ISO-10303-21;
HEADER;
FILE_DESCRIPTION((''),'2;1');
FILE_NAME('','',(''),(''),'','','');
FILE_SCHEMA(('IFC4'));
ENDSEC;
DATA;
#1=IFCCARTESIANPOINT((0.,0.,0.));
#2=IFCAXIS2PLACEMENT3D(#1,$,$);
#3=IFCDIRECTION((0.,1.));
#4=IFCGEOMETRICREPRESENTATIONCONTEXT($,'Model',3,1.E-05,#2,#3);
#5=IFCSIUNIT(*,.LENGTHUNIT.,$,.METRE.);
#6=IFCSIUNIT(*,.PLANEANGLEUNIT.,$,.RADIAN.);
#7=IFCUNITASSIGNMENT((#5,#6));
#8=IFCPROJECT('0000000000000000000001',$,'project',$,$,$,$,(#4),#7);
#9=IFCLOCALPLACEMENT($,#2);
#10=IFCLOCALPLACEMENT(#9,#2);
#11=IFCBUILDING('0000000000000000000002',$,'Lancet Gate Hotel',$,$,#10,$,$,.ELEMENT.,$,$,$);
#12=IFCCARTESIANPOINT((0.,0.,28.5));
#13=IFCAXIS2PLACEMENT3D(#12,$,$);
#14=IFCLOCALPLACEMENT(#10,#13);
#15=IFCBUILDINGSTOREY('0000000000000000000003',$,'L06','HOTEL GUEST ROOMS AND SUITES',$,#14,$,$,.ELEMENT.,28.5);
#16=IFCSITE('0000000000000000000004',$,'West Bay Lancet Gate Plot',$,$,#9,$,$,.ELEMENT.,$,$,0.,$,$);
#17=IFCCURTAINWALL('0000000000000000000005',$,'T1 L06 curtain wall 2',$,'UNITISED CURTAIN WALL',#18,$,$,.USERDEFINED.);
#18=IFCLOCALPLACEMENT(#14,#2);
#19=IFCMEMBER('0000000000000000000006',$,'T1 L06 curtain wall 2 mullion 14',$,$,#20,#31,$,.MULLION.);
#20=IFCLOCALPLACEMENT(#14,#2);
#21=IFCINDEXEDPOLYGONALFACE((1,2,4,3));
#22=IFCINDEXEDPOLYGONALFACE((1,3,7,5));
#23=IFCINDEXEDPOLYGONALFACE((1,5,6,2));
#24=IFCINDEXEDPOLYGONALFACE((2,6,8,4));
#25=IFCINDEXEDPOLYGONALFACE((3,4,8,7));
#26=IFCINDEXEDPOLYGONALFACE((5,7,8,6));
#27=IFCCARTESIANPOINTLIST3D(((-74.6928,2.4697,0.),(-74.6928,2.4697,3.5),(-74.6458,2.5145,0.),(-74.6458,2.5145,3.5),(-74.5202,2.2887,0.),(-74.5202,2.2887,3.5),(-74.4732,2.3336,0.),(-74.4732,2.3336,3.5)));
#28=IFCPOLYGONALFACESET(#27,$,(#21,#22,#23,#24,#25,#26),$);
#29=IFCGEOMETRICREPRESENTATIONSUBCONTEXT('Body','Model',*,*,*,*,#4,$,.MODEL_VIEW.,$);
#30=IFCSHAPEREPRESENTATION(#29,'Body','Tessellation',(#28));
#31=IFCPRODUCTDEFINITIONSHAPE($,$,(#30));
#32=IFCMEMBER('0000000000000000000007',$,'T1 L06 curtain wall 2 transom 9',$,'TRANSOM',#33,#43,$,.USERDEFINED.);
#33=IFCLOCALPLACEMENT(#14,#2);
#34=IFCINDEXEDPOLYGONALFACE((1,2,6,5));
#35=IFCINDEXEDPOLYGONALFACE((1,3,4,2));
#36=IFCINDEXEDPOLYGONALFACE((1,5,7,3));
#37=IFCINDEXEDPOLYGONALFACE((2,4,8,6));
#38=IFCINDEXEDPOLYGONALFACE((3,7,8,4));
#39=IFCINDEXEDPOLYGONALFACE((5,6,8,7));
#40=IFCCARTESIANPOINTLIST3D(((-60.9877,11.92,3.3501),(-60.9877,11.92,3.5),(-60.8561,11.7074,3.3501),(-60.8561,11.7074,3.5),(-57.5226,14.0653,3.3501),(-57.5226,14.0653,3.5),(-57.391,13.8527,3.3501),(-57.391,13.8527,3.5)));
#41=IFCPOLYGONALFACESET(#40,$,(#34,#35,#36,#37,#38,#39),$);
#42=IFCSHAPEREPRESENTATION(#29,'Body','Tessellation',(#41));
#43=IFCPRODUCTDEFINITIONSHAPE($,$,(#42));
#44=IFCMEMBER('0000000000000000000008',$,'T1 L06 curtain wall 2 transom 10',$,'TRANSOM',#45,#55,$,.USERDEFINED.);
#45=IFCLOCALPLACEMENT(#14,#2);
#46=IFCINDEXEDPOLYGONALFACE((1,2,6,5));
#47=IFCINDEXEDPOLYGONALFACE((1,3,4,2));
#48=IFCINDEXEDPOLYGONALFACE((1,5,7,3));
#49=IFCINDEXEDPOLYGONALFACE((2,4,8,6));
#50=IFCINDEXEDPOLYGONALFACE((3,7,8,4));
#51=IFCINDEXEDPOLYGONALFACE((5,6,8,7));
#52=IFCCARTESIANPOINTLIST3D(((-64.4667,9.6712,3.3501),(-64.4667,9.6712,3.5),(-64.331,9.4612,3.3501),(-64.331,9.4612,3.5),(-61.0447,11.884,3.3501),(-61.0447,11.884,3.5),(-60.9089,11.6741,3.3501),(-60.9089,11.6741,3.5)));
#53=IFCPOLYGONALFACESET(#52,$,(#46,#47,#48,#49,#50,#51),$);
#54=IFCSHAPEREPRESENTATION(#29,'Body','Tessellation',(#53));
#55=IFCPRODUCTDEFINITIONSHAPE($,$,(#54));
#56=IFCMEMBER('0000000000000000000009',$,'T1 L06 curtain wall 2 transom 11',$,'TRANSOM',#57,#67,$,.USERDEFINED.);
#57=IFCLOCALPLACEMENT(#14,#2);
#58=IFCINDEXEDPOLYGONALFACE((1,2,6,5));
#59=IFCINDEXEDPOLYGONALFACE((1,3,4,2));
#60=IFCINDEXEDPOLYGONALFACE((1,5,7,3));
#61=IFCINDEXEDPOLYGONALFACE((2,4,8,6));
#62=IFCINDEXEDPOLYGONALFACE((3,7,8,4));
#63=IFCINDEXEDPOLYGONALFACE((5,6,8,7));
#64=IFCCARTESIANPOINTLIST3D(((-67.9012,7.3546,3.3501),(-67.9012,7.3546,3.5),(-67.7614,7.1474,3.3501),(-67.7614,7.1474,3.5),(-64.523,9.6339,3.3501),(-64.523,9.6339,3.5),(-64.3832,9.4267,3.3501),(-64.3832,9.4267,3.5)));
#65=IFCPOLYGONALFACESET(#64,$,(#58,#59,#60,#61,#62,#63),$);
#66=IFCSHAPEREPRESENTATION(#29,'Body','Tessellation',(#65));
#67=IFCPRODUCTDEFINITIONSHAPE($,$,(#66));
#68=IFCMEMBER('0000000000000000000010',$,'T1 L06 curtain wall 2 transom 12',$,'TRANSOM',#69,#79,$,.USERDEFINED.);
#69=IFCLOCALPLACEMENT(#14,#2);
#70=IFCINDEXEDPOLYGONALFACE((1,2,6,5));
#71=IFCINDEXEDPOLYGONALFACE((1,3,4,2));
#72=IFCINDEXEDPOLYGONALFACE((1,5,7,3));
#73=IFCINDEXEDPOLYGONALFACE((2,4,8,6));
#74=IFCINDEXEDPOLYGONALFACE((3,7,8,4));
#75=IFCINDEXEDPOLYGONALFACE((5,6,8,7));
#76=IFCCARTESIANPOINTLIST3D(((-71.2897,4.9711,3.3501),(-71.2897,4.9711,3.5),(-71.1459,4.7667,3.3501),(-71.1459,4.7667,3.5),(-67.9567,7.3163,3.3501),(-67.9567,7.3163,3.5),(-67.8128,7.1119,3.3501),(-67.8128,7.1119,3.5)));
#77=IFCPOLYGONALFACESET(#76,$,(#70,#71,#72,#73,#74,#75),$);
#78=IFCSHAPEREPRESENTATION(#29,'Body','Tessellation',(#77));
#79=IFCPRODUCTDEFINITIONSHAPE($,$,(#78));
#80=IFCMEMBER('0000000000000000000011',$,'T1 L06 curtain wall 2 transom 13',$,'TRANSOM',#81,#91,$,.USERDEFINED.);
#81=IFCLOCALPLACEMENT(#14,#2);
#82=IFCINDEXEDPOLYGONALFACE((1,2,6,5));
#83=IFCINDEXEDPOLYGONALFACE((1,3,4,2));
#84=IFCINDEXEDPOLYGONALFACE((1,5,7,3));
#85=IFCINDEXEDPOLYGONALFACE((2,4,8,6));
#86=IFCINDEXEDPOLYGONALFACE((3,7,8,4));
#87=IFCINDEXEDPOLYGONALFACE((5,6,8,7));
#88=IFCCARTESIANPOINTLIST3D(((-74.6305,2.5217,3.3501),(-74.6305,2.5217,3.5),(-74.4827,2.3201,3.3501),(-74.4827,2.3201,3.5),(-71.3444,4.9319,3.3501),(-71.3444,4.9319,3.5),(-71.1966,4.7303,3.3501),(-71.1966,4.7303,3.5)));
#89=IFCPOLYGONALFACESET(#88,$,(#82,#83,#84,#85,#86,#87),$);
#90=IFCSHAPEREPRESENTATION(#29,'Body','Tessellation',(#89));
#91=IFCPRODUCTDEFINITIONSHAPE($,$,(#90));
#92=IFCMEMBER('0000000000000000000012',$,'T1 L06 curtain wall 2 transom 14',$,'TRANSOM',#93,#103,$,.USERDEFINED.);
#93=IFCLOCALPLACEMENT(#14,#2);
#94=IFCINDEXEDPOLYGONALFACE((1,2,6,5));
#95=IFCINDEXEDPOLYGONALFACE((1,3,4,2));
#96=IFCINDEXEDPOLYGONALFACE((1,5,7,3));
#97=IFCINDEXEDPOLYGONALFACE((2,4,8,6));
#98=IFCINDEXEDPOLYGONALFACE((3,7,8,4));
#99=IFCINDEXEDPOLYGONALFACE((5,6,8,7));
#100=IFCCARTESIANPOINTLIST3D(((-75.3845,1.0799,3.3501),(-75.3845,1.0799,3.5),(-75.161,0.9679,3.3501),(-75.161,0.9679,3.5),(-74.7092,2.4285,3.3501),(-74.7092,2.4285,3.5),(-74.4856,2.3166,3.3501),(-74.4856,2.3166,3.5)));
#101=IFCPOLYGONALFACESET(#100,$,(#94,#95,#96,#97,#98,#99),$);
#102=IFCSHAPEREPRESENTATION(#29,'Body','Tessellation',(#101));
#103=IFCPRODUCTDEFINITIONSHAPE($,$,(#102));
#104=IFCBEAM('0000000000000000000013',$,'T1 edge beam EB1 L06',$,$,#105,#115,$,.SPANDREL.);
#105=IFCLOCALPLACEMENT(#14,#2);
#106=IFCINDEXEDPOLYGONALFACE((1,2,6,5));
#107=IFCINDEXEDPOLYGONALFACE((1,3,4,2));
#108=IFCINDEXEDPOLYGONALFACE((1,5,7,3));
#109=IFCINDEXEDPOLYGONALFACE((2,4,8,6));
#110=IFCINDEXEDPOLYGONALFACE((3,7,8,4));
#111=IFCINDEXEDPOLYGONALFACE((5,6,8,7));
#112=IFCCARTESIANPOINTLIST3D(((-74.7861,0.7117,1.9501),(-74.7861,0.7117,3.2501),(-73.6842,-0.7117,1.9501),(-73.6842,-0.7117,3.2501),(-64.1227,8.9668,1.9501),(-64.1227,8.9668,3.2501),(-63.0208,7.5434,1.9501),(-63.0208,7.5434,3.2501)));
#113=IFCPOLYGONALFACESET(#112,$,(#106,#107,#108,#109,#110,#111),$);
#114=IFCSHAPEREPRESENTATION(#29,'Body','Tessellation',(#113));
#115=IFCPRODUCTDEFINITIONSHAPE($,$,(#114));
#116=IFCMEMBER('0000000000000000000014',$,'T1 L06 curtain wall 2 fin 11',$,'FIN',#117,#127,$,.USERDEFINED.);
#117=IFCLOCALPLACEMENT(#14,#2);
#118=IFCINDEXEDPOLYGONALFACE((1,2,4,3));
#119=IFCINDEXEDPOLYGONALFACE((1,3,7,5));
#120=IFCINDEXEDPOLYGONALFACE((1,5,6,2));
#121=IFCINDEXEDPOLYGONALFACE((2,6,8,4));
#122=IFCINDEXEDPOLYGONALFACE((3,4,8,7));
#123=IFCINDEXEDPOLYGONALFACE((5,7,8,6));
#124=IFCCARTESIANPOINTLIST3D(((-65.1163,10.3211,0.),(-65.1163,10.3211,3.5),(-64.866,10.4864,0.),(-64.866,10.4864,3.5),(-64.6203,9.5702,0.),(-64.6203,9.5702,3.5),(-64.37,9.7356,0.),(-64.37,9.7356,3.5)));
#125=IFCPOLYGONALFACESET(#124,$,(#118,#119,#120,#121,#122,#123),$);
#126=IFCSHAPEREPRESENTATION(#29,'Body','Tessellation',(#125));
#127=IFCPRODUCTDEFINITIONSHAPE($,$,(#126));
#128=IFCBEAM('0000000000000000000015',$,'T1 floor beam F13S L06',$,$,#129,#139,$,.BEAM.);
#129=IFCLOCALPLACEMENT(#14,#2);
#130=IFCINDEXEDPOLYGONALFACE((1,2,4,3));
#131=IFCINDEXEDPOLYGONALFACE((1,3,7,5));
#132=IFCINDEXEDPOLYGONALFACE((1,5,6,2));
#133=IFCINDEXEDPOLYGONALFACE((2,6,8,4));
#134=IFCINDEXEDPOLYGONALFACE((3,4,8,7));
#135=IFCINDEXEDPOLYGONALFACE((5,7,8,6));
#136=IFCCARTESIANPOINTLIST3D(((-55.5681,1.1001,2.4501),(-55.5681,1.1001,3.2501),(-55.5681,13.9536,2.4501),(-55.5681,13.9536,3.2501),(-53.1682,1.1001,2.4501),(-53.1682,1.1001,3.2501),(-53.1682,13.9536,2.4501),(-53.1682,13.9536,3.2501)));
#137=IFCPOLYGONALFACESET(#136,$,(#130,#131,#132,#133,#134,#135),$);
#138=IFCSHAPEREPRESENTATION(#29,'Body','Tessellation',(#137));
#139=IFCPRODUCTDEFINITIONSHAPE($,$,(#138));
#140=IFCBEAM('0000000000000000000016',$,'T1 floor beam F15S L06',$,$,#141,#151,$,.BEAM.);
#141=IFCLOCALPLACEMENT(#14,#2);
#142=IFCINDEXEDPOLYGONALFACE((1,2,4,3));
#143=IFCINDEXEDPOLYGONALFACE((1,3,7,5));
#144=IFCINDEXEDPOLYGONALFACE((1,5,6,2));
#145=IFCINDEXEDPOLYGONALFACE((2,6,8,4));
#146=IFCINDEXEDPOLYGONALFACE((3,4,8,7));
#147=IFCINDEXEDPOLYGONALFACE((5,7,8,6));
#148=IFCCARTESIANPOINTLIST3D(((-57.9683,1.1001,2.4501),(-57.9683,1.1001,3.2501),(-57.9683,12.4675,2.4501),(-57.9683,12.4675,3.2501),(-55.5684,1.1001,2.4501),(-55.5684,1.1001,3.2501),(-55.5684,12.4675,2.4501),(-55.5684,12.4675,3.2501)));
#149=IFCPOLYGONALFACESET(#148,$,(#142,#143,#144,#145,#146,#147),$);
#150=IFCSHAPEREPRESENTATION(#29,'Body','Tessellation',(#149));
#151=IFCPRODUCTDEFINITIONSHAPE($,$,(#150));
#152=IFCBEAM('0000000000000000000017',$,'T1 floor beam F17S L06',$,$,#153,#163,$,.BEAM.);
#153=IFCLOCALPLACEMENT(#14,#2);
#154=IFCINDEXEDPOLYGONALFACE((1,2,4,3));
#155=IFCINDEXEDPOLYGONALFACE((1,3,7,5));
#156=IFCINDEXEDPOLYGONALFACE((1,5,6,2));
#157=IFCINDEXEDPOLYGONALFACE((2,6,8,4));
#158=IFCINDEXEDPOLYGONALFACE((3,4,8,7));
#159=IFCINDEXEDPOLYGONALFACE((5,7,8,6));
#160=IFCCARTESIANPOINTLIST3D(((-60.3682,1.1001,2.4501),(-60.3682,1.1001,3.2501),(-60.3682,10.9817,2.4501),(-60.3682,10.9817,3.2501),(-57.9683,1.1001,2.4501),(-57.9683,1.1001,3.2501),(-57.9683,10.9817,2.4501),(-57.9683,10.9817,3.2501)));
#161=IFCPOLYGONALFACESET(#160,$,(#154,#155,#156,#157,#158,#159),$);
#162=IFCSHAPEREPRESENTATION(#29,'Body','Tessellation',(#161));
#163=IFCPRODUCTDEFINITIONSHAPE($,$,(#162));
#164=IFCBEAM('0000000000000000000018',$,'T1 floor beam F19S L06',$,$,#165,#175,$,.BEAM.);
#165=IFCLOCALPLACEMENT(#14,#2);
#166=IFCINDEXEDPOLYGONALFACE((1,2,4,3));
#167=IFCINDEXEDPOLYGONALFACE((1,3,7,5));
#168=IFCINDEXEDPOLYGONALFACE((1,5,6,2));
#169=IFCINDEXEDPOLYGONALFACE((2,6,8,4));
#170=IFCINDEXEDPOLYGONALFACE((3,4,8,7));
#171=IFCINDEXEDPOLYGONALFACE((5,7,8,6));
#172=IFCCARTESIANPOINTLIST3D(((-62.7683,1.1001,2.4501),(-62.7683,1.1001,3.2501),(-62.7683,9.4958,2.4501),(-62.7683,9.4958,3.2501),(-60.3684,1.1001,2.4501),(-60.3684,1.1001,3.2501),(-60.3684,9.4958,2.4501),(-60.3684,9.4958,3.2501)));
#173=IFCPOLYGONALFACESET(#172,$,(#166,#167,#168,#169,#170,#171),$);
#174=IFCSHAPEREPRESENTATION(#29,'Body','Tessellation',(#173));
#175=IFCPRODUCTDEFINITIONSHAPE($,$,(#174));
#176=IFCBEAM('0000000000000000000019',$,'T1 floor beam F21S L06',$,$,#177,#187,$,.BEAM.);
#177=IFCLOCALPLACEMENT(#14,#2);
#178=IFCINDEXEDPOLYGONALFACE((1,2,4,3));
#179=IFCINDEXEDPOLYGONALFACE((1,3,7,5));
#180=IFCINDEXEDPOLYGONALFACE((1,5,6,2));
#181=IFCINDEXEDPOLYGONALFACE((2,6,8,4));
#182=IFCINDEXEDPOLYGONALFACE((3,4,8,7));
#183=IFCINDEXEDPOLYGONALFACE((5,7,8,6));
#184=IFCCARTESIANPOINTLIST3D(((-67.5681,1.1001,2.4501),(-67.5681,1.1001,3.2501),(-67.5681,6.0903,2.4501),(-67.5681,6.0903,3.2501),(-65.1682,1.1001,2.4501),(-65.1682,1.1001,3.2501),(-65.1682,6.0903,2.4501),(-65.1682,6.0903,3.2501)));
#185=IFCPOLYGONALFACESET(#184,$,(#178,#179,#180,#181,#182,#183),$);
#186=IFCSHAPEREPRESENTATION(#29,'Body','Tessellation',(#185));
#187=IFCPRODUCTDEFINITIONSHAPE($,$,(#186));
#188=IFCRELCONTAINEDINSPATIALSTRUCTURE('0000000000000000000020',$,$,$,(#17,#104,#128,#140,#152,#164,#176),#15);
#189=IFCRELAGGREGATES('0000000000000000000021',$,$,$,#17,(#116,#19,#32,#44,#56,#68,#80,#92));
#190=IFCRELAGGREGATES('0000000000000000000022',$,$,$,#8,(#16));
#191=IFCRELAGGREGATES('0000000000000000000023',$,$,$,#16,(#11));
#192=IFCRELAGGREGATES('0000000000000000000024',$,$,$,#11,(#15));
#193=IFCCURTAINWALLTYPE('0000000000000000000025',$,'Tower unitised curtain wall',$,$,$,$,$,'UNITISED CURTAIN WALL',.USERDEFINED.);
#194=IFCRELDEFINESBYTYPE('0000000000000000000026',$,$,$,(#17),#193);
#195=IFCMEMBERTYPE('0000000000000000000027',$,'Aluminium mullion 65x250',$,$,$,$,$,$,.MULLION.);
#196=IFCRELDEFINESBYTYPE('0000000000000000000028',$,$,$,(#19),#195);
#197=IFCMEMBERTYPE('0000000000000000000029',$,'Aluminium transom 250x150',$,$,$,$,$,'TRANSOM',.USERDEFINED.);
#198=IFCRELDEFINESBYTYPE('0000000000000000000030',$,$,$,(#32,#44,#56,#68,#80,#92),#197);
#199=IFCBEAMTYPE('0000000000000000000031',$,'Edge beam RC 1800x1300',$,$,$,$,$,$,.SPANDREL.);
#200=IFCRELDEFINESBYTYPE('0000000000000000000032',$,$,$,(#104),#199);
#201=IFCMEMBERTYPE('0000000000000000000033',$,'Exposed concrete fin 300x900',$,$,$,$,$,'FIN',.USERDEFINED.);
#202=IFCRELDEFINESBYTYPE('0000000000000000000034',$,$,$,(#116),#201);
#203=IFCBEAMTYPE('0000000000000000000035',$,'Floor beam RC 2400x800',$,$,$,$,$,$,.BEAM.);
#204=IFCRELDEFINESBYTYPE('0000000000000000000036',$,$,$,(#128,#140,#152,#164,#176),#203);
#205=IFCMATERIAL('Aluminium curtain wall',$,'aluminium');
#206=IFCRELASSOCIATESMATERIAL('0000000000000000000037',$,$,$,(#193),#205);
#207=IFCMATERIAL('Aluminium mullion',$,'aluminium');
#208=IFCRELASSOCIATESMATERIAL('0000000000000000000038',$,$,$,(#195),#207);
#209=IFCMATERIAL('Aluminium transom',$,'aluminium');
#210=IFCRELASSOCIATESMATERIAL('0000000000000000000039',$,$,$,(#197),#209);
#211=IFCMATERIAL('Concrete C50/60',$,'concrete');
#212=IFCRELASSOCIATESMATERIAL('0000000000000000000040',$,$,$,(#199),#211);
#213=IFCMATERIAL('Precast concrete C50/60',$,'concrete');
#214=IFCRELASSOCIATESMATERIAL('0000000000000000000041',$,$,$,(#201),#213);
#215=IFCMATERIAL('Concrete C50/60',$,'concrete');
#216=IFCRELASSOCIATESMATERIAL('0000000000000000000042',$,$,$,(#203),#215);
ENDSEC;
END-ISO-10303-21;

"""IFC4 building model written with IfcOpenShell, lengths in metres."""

from ifc_helpers import new_model, si_unit, direction, frame, origin, origin_2d, place, context, subcontext, project, spatial, rectangle, extrude, material, material_profile, profile_set, type_object, element, aggregate, save


model = new_model("IFC4")

# Units and contexts
model_context = context("Model", 3, precision=1e-05, world=origin(), true_north=direction((0.0, 1.0)))
body_context = subcontext(model_context, "Body", "Model", "MODEL_VIEW")
ifc_project = project(units=[si_unit("LENGTHUNIT", "METRE"), si_unit("PLANEANGLEUNIT", "RADIAN")], contexts=[model_context])

# Site, building, storey
site_placement = place(None, origin())
site = spatial("IfcSite", under=ifc_project, at=site_placement, Name="West Bay Lancet Gate Plot", CompositionType="ELEMENT", RefElevation=0.0)
building_placement = place(site_placement, origin())
building = spatial("IfcBuilding", under=site, at=building_placement, Name="Lancet Gate Hotel", CompositionType="ELEMENT")
storey_placement = place(building_placement, frame((0.0, 0.0, 28.5)))
storey = spatial("IfcBuildingStorey", under=building, at=storey_placement, Name="L06", Description="HOTEL GUEST ROOMS AND SUITES", CompositionType="ELEMENT", Elevation=28.5)

# Curtain wall, members
ifc_material_1 = material(Name="Aluminium curtain wall", Category="aluminium")
curtain_wall_type = type_object("IfcCurtainWallType", Name="Tower unitised curtain wall", ElementType="UNITISED CURTAIN WALL", PredefinedType="USERDEFINED", material=ifc_material_1)
curtain_wall_placement = place(storey_placement, origin())
curtain_wall = element("IfcCurtainWall", 1, at=curtain_wall_placement, inside=storey, type_object=curtain_wall_type, Name="T1 L06 curtain wall 2", ObjectType="UNITISED CURTAIN WALL", PredefinedType="USERDEFINED")
ifc_material_2 = material(Name="Aluminium mullion", Category="aluminium")
ifc_material_profile_1 = material_profile(ifc_material_2, rectangle(XDim=0.0649, YDim=0.25, at=origin_2d()), Name="MULLION 65x250")
ifc_profile_set_1 = profile_set([ifc_material_profile_1], Name="Aluminium mullion")
member_type_1 = type_object("IfcMemberType", Name="Aluminium mullion 65x250", PredefinedType="MULLION", material=ifc_profile_set_1)
member_1_placement = place(storey_placement, frame((-74.583, 2.4016, 0.0), z_axis=(0.0, 0.0, 1.0), x_axis=(-0.723696, -0.690119, 0.0)))
member_1 = element("IfcMember", 2, at=member_1_placement, type_object=member_type_1, Name="T1 L06 curtain wall 2 mullion 14", PredefinedType="MULLION", context=body_context, shape_type="SweptSolid", body=[
    extrude(rectangle(XDim=0.0649, YDim=0.25, at=origin_2d()), origin(), (0.0, 0.0, 1.0), 3.5),
])
ifc_material_3 = material(Name="Aluminium transom", Category="aluminium")
ifc_material_profile_2 = material_profile(ifc_material_3, rectangle(XDim=0.25, YDim=0.1499, at=origin_2d()), Name="TRANSOM 250x150")
ifc_profile_set_2 = profile_set([ifc_material_profile_2], Name="Aluminium transom")
member_type_2 = type_object("IfcMemberType", Name="Aluminium transom 250x150", ElementType="TRANSOM", PredefinedType="USERDEFINED", material=ifc_profile_set_2)
member_2_placement = place(storey_placement, frame((-57.4568, 13.959, 3.425), z_axis=(-0.850242, -0.526392, 0.0), x_axis=(0.526392, -0.850242, 0.0)))
member_2 = element("IfcMember", 3, at=member_2_placement, type_object=member_type_2, Name="T1 L06 curtain wall 2 transom 9", ObjectType="TRANSOM", PredefinedType="USERDEFINED", context=body_context, shape_type="SweptSolid", body=[
    extrude(rectangle(XDim=0.25, YDim=0.1499, at=origin_2d()), origin(), (0.0, 0.0, 1.0), 4.0754),
])
member_3_placement = place(storey_placement, frame((-60.9768, 11.7791, 3.425), z_axis=(-0.839729, -0.543005, 0.0), x_axis=(0.543005, -0.839729, 0.0)))
member_3 = element("IfcMember", 4, at=member_3_placement, type_object=member_type_2, Name="T1 L06 curtain wall 2 transom 10", ObjectType="TRANSOM", PredefinedType="USERDEFINED", context=body_context, shape_type="SweptSolid", body=[
    extrude(rectangle(XDim=0.25, YDim=0.1499, at=origin_2d()), origin(), (0.0, 0.0, 1.0), 4.0752),
])
member_4_placement = place(storey_placement, frame((-64.4531, 9.5303, 3.425), z_axis=(-0.828959, -0.559309, 0.0), x_axis=(0.559309, -0.828959, 0.0)))
member_4 = element("IfcMember", 5, at=member_4_placement, type_object=member_type_2, Name="T1 L06 curtain wall 2 transom 11", ObjectType="TRANSOM", PredefinedType="USERDEFINED", context=body_context, shape_type="SweptSolid", body=[
    extrude(rectangle(XDim=0.25, YDim=0.1499, at=origin_2d()), origin(), (0.0, 0.0, 1.0), 4.0752),
])
member_5_placement = place(storey_placement, frame((-67.8848, 7.2141, 3.425), z_axis=(-0.817834, -0.575455, 0.0), x_axis=(0.575455, -0.817834, 0.0)))
member_5 = element("IfcMember", 6, at=member_5_placement, type_object=member_type_2, Name="T1 L06 curtain wall 2 transom 12", ObjectType="TRANSOM", PredefinedType="USERDEFINED", context=body_context, shape_type="SweptSolid", body=[
    extrude(rectangle(XDim=0.25, YDim=0.1499, at=origin_2d()), origin(), (0.0, 0.0, 1.0), 4.0754),
])
member_6_placement = place(storey_placement, frame((-71.2705, 4.8311, 3.425), z_axis=(-0.806367, -0.591416, 0.0), x_axis=(0.591416, -0.806367, 0.0)))
member_6 = element("IfcMember", 7, at=member_6_placement, type_object=member_type_2, Name="T1 L06 curtain wall 2 transom 13", ObjectType="TRANSOM", PredefinedType="USERDEFINED", context=body_context, shape_type="SweptSolid", body=[
    extrude(rectangle(XDim=0.25, YDim=0.1499, at=origin_2d()), origin(), (0.0, 0.0, 1.0), 4.0752),
])
member_7_placement = place(storey_placement, frame((-74.5974, 2.3726, 3.425), z_axis=(-0.447732, -0.894168, 0.0), x_axis=(0.894168, -0.447732, 0.0)))
member_7 = element("IfcMember", 8, at=member_7_placement, type_object=member_type_2, Name="T1 L06 curtain wall 2 transom 14", ObjectType="TRANSOM", PredefinedType="USERDEFINED", context=body_context, shape_type="SweptSolid", body=[
    extrude(rectangle(XDim=0.25, YDim=0.1499, at=origin_2d()), origin(), (0.0, 0.0, 1.0), 1.5083),
])

# Beam
ifc_material_4 = material(Name="Concrete C50/60", Category="concrete")
ifc_material_profile_3 = material_profile(ifc_material_4, rectangle(XDim=1.8, YDim=1.3, at=origin_2d()), Name="RC 1800x1300")
ifc_profile_set_3 = profile_set([ifc_material_profile_3], Name="Concrete C50/60")
beam_type_1 = type_object("IfcBeamType", Name="Edge beam RC 1800x1300", PredefinedType="SPANDREL", material=ifc_profile_set_3)
beam_1_placement = place(storey_placement, frame((-63.5718, 8.2551, 2.6001), z_axis=(-0.790736, -0.612157, 0.0), x_axis=(0.612157, -0.790736, 0.0)))
element("IfcBeam", 9, at=beam_1_placement, inside=storey, type_object=beam_type_1, Name="T1 edge beam EB1 L06", PredefinedType="SPANDREL", context=body_context, shape_type="SweptSolid", body=[
    extrude(rectangle(XDim=1.8, YDim=1.3, at=origin_2d()), origin(), (0.0, 0.0, 1.0), 13.4854),
])

# Member
ifc_material_5 = material(Name="Precast concrete C50/60", Category="concrete")
ifc_material_profile_4 = material_profile(ifc_material_5, rectangle(XDim=0.3, YDim=0.8999, at=origin_2d()), Name="FIN 300x900")
ifc_profile_set_4 = profile_set([ifc_material_profile_4], Name="Precast concrete C50/60")
member_type_3 = type_object("IfcMemberType", Name="Exposed concrete fin 300x900", ElementType="FIN", PredefinedType="USERDEFINED", material=ifc_profile_set_4)
member_8_placement = place(storey_placement, frame((-64.7432, 10.0283, 0.0), z_axis=(0.0, 0.0, 1.0), x_axis=(-0.834387, -0.551178, 0.0)))
member_8 = element("IfcMember", 10, at=member_8_placement, type_object=member_type_3, Name="T1 L06 curtain wall 2 fin 11", ObjectType="FIN", PredefinedType="USERDEFINED", context=body_context, shape_type="SweptSolid", body=[
    extrude(rectangle(XDim=0.3, YDim=0.8999, at=origin_2d()), origin(), (0.0, 0.0, 1.0), 3.5),
])

# Beams
ifc_material_6 = material(Name="Concrete C50/60", Category="concrete")
ifc_material_profile_5 = material_profile(ifc_material_6, rectangle(XDim=2.3999, YDim=0.8, at=origin_2d()), Name="RC 2400x800")
ifc_profile_set_5 = profile_set([ifc_material_profile_5], Name="Concrete C50/60")
beam_type_2 = type_object("IfcBeamType", Name="Floor beam RC 2400x800", PredefinedType="BEAM", material=ifc_profile_set_5)
beam_2_placement = place(storey_placement, frame((-54.3682, 13.9536, 2.8501), z_axis=(0.0, -1.0, 0.0), x_axis=(1.0, 0.0, 0.0)))
element("IfcBeam", 11, at=beam_2_placement, inside=storey, type_object=beam_type_2, Name="T1 floor beam F13S L06", PredefinedType="BEAM", context=body_context, shape_type="SweptSolid", body=[
    extrude(rectangle(XDim=2.3999, YDim=0.8, at=origin_2d()), origin(), (0.0, 0.0, 1.0), 12.8535),
])
beam_3_placement = place(storey_placement, frame((-56.7683, 12.4675, 2.8501), z_axis=(0.0, -1.0, 0.0), x_axis=(1.0, 0.0, 0.0)))
element("IfcBeam", 12, at=beam_3_placement, inside=storey, type_object=beam_type_2, Name="T1 floor beam F15S L06", PredefinedType="BEAM", context=body_context, shape_type="SweptSolid", body=[
    extrude(rectangle(XDim=2.3999, YDim=0.8, at=origin_2d()), origin(), (0.0, 0.0, 1.0), 11.3674),
])
beam_4_placement = place(storey_placement, frame((-59.1682, 10.9817, 2.8501), z_axis=(0.0, -1.0, 0.0), x_axis=(1.0, 0.0, 0.0)))
element("IfcBeam", 13, at=beam_4_placement, inside=storey, type_object=beam_type_2, Name="T1 floor beam F17S L06", PredefinedType="BEAM", context=body_context, shape_type="SweptSolid", body=[
    extrude(rectangle(XDim=2.3999, YDim=0.8, at=origin_2d()), origin(), (0.0, 0.0, 1.0), 9.8816),
])
beam_5_placement = place(storey_placement, frame((-61.5684, 9.4958, 2.8501), z_axis=(0.0, -1.0, 0.0), x_axis=(1.0, 0.0, 0.0)))
element("IfcBeam", 14, at=beam_5_placement, inside=storey, type_object=beam_type_2, Name="T1 floor beam F19S L06", PredefinedType="BEAM", context=body_context, shape_type="SweptSolid", body=[
    extrude(rectangle(XDim=2.3999, YDim=0.8, at=origin_2d()), origin(), (0.0, 0.0, 1.0), 8.3958),
])
beam_6_placement = place(storey_placement, frame((-66.3682, 6.0903, 2.8501), z_axis=(0.0, -1.0, 0.0), x_axis=(1.0, 0.0, 0.0)))
element("IfcBeam", 15, at=beam_6_placement, inside=storey, type_object=beam_type_2, Name="T1 floor beam F21S L06", PredefinedType="BEAM", context=body_context, shape_type="SweptSolid", body=[
    extrude(rectangle(XDim=2.3999, YDim=0.8, at=origin_2d()), origin(), (0.0, 0.0, 1.0), 4.9902),
])

aggregate(curtain_wall, [member_8, member_1, member_2, member_3, member_4, member_5, member_6, member_7])

save(model, "model.ifc")
